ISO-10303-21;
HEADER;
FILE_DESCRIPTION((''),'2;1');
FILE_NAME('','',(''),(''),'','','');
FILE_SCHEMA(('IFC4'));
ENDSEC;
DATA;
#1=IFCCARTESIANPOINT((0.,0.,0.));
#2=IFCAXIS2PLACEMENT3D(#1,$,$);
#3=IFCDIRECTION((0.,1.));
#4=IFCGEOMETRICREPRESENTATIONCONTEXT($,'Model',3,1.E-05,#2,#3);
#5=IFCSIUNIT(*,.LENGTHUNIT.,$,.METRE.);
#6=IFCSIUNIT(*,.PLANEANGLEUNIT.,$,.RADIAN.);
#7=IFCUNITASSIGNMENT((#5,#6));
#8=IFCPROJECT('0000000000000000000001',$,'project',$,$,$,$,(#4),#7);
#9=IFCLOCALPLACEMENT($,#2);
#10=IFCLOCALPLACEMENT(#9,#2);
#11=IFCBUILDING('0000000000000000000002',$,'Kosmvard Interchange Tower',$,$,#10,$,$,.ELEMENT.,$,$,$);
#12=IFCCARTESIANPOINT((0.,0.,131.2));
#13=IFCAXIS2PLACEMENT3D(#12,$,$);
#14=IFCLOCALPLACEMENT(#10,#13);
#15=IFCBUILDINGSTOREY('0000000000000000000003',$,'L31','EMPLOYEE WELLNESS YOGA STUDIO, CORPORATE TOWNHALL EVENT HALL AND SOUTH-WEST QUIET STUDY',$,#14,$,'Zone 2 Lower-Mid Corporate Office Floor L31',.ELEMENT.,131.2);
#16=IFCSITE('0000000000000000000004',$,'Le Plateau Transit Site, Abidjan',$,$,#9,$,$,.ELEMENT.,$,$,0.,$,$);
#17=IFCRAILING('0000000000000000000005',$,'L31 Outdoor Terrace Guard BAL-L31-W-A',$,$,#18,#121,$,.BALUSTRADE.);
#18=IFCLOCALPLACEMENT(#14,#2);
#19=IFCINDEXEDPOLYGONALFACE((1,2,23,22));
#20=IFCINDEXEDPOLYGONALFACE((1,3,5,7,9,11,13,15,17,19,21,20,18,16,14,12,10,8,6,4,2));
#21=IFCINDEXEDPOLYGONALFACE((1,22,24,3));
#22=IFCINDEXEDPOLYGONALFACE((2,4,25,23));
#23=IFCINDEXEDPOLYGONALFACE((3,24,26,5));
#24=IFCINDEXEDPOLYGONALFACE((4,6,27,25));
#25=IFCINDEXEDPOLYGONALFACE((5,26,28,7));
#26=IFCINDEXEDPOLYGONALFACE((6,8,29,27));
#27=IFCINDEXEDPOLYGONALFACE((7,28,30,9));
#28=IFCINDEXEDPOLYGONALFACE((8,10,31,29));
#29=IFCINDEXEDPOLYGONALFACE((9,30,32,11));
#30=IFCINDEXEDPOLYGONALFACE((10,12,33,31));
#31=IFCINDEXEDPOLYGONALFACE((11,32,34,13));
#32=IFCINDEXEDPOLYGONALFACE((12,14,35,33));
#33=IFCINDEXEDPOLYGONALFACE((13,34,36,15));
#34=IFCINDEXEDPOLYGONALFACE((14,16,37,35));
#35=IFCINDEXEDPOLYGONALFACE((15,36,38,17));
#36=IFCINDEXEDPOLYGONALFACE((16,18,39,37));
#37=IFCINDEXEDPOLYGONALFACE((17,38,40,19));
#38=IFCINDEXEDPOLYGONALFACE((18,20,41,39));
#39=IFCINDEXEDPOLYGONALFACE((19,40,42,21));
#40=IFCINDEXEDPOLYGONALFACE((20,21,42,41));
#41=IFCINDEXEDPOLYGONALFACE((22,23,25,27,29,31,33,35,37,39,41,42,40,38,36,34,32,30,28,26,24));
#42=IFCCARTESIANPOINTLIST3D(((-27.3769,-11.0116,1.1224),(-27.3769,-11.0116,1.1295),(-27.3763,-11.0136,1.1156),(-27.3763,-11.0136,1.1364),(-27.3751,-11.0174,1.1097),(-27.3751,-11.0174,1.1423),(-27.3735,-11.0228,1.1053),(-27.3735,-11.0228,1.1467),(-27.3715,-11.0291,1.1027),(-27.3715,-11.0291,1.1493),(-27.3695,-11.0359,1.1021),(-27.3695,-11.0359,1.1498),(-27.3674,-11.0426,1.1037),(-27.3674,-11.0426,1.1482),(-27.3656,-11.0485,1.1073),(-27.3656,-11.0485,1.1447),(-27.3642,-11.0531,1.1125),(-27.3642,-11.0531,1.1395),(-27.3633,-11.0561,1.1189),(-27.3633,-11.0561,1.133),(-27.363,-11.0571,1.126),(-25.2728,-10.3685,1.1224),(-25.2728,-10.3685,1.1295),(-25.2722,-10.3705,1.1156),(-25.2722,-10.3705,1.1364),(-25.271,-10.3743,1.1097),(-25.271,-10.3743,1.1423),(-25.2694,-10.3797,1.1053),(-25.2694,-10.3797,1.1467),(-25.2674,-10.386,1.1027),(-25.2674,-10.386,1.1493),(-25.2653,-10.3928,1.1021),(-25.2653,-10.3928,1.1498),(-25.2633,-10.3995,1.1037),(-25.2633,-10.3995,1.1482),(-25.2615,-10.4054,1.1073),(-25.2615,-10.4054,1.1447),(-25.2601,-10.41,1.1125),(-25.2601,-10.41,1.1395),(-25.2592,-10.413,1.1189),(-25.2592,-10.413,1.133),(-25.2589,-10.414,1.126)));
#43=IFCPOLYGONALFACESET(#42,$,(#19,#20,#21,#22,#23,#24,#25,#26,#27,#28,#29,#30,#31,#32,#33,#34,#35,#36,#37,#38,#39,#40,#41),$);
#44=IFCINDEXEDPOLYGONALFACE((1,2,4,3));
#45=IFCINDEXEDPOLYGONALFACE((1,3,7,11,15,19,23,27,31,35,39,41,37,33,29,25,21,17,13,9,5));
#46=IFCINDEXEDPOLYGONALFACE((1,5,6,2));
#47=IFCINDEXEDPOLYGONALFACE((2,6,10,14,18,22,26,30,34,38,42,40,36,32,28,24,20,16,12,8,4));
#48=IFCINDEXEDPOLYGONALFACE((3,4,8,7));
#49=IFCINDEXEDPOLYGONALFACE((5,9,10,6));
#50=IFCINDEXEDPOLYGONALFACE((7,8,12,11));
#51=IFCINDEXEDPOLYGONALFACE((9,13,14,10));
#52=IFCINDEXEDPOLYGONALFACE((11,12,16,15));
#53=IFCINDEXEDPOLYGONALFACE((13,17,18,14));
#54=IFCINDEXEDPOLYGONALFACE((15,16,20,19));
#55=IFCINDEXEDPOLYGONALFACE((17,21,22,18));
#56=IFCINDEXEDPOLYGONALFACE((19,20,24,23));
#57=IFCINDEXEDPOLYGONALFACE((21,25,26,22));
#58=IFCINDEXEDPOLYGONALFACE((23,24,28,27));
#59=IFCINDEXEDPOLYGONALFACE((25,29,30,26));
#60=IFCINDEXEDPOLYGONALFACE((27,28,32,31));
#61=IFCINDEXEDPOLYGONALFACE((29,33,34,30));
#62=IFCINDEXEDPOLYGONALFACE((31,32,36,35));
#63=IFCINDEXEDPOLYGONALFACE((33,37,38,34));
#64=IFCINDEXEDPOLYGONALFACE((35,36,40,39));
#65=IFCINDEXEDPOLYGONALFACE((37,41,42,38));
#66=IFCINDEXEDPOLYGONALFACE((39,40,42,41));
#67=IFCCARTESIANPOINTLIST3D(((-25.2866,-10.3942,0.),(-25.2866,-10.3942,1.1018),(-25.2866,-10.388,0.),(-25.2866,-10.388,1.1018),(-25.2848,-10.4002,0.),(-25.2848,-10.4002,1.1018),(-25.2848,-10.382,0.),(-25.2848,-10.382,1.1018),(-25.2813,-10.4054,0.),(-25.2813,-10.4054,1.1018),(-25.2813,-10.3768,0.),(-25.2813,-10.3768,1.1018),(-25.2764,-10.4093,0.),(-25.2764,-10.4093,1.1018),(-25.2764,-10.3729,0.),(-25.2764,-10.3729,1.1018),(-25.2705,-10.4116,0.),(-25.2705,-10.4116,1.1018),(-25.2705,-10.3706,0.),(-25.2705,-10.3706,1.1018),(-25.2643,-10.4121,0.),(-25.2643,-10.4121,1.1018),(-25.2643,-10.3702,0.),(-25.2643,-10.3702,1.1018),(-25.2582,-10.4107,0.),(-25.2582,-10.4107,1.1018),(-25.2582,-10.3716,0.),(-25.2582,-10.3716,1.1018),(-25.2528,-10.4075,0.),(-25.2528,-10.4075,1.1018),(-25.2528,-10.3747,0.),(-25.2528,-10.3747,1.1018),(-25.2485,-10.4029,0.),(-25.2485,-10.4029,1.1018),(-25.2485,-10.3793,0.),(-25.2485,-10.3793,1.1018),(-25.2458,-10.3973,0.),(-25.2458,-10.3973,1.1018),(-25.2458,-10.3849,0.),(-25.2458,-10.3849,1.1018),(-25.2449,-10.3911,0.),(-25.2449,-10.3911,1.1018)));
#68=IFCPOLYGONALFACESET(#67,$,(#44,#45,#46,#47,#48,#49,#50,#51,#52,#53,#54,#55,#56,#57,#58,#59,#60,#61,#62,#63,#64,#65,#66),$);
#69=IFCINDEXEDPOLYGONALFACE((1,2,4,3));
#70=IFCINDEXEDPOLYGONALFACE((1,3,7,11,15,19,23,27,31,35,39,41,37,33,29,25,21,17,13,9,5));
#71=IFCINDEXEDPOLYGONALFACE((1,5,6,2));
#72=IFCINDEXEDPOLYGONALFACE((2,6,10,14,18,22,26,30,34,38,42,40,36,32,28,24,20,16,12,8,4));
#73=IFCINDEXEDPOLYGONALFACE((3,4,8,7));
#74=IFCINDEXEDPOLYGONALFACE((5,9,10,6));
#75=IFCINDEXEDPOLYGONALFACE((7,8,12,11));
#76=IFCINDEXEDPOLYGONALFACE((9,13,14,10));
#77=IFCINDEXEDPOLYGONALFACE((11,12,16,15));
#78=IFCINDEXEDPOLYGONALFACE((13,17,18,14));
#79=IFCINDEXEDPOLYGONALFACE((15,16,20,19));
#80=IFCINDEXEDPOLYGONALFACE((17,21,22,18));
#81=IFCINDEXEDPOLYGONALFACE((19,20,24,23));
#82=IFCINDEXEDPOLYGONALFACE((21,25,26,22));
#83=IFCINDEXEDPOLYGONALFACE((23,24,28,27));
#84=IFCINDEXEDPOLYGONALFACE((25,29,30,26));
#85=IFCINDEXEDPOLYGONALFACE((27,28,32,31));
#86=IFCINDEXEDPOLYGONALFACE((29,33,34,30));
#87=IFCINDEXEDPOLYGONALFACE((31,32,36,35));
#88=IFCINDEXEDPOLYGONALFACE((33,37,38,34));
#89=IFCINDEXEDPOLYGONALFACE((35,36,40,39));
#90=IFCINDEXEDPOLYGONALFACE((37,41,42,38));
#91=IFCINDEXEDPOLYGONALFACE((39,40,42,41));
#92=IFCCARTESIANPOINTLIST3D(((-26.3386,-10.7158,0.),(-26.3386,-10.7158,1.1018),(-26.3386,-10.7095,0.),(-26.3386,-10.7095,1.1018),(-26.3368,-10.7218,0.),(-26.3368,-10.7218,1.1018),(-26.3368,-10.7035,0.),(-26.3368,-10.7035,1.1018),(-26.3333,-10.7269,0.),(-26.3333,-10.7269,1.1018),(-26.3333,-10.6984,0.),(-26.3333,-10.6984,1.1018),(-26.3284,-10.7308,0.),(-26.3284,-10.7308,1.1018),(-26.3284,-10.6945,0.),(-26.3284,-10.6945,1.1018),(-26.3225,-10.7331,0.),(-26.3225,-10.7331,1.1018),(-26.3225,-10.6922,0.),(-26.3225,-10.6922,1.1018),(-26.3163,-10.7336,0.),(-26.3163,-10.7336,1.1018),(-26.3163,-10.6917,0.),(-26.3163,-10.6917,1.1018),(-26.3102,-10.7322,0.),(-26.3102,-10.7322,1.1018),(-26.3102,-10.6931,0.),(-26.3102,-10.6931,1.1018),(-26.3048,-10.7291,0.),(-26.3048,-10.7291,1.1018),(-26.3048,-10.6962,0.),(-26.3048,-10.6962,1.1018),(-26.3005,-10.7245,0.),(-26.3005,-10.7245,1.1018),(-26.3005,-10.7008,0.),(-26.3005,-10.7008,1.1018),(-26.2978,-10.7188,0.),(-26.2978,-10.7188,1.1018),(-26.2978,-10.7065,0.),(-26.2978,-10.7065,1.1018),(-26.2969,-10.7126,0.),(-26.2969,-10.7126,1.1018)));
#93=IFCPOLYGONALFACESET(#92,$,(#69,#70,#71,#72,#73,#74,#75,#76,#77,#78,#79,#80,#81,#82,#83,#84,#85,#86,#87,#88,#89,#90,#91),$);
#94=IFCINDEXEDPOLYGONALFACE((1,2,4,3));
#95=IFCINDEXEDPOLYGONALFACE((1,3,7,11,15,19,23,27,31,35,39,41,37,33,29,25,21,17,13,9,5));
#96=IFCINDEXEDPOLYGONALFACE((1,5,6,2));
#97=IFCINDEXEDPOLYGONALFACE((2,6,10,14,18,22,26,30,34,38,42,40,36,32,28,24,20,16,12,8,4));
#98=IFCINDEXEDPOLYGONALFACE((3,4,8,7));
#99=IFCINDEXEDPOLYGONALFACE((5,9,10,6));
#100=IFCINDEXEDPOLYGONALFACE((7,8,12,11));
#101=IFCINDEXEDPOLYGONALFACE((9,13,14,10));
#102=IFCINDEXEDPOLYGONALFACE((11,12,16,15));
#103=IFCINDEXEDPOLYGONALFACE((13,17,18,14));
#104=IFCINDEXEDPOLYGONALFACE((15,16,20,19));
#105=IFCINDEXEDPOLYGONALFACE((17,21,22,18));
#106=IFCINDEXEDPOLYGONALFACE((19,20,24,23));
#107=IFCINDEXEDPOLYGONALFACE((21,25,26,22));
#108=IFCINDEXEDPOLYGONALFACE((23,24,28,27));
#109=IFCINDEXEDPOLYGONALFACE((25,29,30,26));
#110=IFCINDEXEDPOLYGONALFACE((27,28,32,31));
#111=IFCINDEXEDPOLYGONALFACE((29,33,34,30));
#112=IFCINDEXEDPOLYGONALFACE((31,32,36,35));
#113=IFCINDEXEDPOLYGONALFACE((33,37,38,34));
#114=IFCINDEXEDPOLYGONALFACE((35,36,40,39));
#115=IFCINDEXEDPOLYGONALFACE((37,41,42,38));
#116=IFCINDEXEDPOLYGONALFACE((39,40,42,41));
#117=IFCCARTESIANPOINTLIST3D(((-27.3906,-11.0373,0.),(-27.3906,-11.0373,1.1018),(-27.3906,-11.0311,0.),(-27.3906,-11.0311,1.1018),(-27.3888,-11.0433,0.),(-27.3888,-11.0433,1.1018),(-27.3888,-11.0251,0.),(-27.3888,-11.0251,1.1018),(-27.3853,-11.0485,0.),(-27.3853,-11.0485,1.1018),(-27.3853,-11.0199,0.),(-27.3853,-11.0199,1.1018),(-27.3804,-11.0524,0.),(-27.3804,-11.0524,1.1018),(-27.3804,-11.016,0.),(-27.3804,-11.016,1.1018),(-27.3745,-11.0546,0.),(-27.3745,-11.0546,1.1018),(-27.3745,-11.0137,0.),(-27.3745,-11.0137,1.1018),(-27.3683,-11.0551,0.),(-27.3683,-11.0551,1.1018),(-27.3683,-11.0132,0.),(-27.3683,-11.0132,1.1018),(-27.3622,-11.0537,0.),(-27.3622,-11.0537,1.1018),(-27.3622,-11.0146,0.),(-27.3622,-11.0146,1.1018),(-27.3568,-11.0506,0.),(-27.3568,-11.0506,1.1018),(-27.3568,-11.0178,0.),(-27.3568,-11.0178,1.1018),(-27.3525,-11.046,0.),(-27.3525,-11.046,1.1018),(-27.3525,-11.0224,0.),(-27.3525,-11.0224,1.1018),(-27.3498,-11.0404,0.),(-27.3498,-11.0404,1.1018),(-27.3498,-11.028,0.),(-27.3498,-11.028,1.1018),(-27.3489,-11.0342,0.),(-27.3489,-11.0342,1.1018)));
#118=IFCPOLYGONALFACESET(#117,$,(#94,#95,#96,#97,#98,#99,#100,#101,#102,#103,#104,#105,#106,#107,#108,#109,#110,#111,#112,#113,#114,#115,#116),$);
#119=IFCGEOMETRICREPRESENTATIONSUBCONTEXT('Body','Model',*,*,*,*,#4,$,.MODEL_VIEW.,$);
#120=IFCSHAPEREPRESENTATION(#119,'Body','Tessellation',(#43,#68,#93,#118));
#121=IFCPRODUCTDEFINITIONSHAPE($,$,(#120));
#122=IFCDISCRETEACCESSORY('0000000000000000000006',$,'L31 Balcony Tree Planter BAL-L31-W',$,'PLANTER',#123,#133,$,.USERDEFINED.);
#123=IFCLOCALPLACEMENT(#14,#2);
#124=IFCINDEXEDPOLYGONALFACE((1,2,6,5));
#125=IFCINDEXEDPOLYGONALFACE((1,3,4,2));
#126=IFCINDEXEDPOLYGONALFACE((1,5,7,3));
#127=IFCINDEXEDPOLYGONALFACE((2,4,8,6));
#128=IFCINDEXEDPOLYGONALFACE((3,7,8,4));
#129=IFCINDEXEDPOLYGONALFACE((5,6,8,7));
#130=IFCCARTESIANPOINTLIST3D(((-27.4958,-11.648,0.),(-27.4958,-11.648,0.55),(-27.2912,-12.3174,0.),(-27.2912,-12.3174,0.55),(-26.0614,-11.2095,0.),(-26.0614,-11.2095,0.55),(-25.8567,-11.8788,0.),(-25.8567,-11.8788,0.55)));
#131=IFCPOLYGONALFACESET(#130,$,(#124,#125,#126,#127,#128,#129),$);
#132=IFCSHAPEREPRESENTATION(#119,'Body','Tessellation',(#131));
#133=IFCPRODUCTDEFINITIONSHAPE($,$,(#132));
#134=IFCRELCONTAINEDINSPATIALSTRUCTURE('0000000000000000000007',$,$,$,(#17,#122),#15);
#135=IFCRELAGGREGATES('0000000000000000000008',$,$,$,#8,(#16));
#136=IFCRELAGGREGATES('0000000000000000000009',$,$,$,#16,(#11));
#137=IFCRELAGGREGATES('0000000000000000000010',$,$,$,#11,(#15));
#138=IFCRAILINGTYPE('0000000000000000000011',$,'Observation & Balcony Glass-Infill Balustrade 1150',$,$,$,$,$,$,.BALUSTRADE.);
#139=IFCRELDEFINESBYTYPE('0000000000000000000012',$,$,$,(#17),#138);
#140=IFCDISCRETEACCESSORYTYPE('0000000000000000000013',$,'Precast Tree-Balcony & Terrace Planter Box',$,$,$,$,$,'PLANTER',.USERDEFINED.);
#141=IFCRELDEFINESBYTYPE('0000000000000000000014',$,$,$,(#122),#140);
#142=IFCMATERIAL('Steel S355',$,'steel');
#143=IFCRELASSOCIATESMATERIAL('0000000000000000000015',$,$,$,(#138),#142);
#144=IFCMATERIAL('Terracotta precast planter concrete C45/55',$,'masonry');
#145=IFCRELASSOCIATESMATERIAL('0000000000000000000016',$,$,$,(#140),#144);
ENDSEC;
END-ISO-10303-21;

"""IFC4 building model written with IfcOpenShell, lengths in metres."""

from ifc_helpers import new_model, si_unit, direction, frame, origin, origin_2d, place, context, subcontext, project, spatial, rectangle, circle, extrude, source, transform, mapped, material, type_object, element, save


model = new_model("IFC4")

# Units and contexts
model_context = context("Model", 3, precision=1e-05, world=origin(), true_north=direction((0.0, 1.0)))
body_context = subcontext(model_context, "Body", "Model", "MODEL_VIEW")
ifc_project = project(units=[si_unit("LENGTHUNIT", "METRE"), si_unit("PLANEANGLEUNIT", "RADIAN")], contexts=[model_context])

# Site, building, storey
site_placement = place(None, origin())
site = spatial("IfcSite", under=ifc_project, at=site_placement, Name="Le Plateau Transit Site, Abidjan", CompositionType="ELEMENT", RefElevation=0.0)
building_placement = place(site_placement, origin())
building = spatial("IfcBuilding", under=site, at=building_placement, Name="Kosmvard Interchange Tower", CompositionType="ELEMENT")
storey_placement = place(building_placement, frame((0.0, 0.0, 131.2)))
storey = spatial("IfcBuildingStorey", under=building, at=storey_placement, Name="L31", Description="EMPLOYEE WELLNESS YOGA STUDIO, CORPORATE TOWNHALL EVENT HALL AND SOUTH-WEST QUIET STUDY", LongName="Zone 2 Lower-Mid Corporate Office Floor L31", CompositionType="ELEMENT", Elevation=131.2)

# Shared definitions
ifc_material_1 = material(Name="Steel S355", Category="steel")

# Railing
railing_type = type_object("IfcRailingType", Name="Observation & Balcony Glass-Infill Balustrade 1150", PredefinedType="BALUSTRADE", material=ifc_material_1)
shared_shape_1 = source(origin(), body_context, "Body", "SweptSolid", [
    extrude(circle(Radius=0.0239, at=origin_2d()), frame((0.0, 0.0, 1.126), z_axis=(-0.956329, -0.292292, 0.0), x_axis=(0.292292, -0.956329, 0.0)), (0.0, 0.0, 1.0), 2.2002),
    extrude(circle(Radius=0.021, at=origin_2d()), origin(), (0.0, 0.0, 1.0), 1.1018),
    extrude(circle(Radius=0.021, at=origin_2d()), frame((-1.052, -0.3215, 0.0)), (0.0, 0.0, 1.0), 1.1018),
    extrude(circle(Radius=0.021, at=origin_2d()), frame((-2.104, -0.6431, 0.0)), (0.0, 0.0, 1.0), 1.1018),
])
railing_1_placement = place(storey_placement, frame((-25.2659, -10.3911, 0.0)))
element("IfcRailing", 1, at=railing_1_placement, inside=storey, type_object=railing_type, Name="L31 Outdoor Terrace Guard BAL-L31-W-A", PredefinedType="BALUSTRADE", context=body_context, shape_type="MappedRepresentation", body=[
    mapped(shared_shape_1, transform((0.0, 0.0, 0.0), scale=1.0)),
])

# Discrete accessory
ifc_material_2 = material(Name="Terracotta precast planter concrete C45/55", Category="masonry")
discrete_accessory_type = type_object("IfcDiscreteAccessoryType", Name="Precast Tree-Balcony & Terrace Planter Box", ElementType="PLANTER", PredefinedType="USERDEFINED", material=ifc_material_2)
shared_shape_2 = source(origin(), body_context, "Body", "SweptSolid", [
    extrude(rectangle(XDim=1.5, YDim=0.7, at=origin_2d()), origin(), (0.0, 0.0, 1.0), 0.55),
])
discrete_accessory_placement = place(storey_placement, frame((-26.6763, -11.7634, 0.0), z_axis=(0.0, 0.0, 1.0), x_axis=(0.956305, 0.292372, 0.0)))
element("IfcDiscreteAccessory", 2, at=discrete_accessory_placement, inside=storey, type_object=discrete_accessory_type, Name="L31 Balcony Tree Planter BAL-L31-W", ObjectType="PLANTER", PredefinedType="USERDEFINED", context=body_context, shape_type="MappedRepresentation", body=[
    mapped(shared_shape_2, transform((0.0, 0.0, 0.0), scale=1.0)),
])

save(model, "model.ifc")
